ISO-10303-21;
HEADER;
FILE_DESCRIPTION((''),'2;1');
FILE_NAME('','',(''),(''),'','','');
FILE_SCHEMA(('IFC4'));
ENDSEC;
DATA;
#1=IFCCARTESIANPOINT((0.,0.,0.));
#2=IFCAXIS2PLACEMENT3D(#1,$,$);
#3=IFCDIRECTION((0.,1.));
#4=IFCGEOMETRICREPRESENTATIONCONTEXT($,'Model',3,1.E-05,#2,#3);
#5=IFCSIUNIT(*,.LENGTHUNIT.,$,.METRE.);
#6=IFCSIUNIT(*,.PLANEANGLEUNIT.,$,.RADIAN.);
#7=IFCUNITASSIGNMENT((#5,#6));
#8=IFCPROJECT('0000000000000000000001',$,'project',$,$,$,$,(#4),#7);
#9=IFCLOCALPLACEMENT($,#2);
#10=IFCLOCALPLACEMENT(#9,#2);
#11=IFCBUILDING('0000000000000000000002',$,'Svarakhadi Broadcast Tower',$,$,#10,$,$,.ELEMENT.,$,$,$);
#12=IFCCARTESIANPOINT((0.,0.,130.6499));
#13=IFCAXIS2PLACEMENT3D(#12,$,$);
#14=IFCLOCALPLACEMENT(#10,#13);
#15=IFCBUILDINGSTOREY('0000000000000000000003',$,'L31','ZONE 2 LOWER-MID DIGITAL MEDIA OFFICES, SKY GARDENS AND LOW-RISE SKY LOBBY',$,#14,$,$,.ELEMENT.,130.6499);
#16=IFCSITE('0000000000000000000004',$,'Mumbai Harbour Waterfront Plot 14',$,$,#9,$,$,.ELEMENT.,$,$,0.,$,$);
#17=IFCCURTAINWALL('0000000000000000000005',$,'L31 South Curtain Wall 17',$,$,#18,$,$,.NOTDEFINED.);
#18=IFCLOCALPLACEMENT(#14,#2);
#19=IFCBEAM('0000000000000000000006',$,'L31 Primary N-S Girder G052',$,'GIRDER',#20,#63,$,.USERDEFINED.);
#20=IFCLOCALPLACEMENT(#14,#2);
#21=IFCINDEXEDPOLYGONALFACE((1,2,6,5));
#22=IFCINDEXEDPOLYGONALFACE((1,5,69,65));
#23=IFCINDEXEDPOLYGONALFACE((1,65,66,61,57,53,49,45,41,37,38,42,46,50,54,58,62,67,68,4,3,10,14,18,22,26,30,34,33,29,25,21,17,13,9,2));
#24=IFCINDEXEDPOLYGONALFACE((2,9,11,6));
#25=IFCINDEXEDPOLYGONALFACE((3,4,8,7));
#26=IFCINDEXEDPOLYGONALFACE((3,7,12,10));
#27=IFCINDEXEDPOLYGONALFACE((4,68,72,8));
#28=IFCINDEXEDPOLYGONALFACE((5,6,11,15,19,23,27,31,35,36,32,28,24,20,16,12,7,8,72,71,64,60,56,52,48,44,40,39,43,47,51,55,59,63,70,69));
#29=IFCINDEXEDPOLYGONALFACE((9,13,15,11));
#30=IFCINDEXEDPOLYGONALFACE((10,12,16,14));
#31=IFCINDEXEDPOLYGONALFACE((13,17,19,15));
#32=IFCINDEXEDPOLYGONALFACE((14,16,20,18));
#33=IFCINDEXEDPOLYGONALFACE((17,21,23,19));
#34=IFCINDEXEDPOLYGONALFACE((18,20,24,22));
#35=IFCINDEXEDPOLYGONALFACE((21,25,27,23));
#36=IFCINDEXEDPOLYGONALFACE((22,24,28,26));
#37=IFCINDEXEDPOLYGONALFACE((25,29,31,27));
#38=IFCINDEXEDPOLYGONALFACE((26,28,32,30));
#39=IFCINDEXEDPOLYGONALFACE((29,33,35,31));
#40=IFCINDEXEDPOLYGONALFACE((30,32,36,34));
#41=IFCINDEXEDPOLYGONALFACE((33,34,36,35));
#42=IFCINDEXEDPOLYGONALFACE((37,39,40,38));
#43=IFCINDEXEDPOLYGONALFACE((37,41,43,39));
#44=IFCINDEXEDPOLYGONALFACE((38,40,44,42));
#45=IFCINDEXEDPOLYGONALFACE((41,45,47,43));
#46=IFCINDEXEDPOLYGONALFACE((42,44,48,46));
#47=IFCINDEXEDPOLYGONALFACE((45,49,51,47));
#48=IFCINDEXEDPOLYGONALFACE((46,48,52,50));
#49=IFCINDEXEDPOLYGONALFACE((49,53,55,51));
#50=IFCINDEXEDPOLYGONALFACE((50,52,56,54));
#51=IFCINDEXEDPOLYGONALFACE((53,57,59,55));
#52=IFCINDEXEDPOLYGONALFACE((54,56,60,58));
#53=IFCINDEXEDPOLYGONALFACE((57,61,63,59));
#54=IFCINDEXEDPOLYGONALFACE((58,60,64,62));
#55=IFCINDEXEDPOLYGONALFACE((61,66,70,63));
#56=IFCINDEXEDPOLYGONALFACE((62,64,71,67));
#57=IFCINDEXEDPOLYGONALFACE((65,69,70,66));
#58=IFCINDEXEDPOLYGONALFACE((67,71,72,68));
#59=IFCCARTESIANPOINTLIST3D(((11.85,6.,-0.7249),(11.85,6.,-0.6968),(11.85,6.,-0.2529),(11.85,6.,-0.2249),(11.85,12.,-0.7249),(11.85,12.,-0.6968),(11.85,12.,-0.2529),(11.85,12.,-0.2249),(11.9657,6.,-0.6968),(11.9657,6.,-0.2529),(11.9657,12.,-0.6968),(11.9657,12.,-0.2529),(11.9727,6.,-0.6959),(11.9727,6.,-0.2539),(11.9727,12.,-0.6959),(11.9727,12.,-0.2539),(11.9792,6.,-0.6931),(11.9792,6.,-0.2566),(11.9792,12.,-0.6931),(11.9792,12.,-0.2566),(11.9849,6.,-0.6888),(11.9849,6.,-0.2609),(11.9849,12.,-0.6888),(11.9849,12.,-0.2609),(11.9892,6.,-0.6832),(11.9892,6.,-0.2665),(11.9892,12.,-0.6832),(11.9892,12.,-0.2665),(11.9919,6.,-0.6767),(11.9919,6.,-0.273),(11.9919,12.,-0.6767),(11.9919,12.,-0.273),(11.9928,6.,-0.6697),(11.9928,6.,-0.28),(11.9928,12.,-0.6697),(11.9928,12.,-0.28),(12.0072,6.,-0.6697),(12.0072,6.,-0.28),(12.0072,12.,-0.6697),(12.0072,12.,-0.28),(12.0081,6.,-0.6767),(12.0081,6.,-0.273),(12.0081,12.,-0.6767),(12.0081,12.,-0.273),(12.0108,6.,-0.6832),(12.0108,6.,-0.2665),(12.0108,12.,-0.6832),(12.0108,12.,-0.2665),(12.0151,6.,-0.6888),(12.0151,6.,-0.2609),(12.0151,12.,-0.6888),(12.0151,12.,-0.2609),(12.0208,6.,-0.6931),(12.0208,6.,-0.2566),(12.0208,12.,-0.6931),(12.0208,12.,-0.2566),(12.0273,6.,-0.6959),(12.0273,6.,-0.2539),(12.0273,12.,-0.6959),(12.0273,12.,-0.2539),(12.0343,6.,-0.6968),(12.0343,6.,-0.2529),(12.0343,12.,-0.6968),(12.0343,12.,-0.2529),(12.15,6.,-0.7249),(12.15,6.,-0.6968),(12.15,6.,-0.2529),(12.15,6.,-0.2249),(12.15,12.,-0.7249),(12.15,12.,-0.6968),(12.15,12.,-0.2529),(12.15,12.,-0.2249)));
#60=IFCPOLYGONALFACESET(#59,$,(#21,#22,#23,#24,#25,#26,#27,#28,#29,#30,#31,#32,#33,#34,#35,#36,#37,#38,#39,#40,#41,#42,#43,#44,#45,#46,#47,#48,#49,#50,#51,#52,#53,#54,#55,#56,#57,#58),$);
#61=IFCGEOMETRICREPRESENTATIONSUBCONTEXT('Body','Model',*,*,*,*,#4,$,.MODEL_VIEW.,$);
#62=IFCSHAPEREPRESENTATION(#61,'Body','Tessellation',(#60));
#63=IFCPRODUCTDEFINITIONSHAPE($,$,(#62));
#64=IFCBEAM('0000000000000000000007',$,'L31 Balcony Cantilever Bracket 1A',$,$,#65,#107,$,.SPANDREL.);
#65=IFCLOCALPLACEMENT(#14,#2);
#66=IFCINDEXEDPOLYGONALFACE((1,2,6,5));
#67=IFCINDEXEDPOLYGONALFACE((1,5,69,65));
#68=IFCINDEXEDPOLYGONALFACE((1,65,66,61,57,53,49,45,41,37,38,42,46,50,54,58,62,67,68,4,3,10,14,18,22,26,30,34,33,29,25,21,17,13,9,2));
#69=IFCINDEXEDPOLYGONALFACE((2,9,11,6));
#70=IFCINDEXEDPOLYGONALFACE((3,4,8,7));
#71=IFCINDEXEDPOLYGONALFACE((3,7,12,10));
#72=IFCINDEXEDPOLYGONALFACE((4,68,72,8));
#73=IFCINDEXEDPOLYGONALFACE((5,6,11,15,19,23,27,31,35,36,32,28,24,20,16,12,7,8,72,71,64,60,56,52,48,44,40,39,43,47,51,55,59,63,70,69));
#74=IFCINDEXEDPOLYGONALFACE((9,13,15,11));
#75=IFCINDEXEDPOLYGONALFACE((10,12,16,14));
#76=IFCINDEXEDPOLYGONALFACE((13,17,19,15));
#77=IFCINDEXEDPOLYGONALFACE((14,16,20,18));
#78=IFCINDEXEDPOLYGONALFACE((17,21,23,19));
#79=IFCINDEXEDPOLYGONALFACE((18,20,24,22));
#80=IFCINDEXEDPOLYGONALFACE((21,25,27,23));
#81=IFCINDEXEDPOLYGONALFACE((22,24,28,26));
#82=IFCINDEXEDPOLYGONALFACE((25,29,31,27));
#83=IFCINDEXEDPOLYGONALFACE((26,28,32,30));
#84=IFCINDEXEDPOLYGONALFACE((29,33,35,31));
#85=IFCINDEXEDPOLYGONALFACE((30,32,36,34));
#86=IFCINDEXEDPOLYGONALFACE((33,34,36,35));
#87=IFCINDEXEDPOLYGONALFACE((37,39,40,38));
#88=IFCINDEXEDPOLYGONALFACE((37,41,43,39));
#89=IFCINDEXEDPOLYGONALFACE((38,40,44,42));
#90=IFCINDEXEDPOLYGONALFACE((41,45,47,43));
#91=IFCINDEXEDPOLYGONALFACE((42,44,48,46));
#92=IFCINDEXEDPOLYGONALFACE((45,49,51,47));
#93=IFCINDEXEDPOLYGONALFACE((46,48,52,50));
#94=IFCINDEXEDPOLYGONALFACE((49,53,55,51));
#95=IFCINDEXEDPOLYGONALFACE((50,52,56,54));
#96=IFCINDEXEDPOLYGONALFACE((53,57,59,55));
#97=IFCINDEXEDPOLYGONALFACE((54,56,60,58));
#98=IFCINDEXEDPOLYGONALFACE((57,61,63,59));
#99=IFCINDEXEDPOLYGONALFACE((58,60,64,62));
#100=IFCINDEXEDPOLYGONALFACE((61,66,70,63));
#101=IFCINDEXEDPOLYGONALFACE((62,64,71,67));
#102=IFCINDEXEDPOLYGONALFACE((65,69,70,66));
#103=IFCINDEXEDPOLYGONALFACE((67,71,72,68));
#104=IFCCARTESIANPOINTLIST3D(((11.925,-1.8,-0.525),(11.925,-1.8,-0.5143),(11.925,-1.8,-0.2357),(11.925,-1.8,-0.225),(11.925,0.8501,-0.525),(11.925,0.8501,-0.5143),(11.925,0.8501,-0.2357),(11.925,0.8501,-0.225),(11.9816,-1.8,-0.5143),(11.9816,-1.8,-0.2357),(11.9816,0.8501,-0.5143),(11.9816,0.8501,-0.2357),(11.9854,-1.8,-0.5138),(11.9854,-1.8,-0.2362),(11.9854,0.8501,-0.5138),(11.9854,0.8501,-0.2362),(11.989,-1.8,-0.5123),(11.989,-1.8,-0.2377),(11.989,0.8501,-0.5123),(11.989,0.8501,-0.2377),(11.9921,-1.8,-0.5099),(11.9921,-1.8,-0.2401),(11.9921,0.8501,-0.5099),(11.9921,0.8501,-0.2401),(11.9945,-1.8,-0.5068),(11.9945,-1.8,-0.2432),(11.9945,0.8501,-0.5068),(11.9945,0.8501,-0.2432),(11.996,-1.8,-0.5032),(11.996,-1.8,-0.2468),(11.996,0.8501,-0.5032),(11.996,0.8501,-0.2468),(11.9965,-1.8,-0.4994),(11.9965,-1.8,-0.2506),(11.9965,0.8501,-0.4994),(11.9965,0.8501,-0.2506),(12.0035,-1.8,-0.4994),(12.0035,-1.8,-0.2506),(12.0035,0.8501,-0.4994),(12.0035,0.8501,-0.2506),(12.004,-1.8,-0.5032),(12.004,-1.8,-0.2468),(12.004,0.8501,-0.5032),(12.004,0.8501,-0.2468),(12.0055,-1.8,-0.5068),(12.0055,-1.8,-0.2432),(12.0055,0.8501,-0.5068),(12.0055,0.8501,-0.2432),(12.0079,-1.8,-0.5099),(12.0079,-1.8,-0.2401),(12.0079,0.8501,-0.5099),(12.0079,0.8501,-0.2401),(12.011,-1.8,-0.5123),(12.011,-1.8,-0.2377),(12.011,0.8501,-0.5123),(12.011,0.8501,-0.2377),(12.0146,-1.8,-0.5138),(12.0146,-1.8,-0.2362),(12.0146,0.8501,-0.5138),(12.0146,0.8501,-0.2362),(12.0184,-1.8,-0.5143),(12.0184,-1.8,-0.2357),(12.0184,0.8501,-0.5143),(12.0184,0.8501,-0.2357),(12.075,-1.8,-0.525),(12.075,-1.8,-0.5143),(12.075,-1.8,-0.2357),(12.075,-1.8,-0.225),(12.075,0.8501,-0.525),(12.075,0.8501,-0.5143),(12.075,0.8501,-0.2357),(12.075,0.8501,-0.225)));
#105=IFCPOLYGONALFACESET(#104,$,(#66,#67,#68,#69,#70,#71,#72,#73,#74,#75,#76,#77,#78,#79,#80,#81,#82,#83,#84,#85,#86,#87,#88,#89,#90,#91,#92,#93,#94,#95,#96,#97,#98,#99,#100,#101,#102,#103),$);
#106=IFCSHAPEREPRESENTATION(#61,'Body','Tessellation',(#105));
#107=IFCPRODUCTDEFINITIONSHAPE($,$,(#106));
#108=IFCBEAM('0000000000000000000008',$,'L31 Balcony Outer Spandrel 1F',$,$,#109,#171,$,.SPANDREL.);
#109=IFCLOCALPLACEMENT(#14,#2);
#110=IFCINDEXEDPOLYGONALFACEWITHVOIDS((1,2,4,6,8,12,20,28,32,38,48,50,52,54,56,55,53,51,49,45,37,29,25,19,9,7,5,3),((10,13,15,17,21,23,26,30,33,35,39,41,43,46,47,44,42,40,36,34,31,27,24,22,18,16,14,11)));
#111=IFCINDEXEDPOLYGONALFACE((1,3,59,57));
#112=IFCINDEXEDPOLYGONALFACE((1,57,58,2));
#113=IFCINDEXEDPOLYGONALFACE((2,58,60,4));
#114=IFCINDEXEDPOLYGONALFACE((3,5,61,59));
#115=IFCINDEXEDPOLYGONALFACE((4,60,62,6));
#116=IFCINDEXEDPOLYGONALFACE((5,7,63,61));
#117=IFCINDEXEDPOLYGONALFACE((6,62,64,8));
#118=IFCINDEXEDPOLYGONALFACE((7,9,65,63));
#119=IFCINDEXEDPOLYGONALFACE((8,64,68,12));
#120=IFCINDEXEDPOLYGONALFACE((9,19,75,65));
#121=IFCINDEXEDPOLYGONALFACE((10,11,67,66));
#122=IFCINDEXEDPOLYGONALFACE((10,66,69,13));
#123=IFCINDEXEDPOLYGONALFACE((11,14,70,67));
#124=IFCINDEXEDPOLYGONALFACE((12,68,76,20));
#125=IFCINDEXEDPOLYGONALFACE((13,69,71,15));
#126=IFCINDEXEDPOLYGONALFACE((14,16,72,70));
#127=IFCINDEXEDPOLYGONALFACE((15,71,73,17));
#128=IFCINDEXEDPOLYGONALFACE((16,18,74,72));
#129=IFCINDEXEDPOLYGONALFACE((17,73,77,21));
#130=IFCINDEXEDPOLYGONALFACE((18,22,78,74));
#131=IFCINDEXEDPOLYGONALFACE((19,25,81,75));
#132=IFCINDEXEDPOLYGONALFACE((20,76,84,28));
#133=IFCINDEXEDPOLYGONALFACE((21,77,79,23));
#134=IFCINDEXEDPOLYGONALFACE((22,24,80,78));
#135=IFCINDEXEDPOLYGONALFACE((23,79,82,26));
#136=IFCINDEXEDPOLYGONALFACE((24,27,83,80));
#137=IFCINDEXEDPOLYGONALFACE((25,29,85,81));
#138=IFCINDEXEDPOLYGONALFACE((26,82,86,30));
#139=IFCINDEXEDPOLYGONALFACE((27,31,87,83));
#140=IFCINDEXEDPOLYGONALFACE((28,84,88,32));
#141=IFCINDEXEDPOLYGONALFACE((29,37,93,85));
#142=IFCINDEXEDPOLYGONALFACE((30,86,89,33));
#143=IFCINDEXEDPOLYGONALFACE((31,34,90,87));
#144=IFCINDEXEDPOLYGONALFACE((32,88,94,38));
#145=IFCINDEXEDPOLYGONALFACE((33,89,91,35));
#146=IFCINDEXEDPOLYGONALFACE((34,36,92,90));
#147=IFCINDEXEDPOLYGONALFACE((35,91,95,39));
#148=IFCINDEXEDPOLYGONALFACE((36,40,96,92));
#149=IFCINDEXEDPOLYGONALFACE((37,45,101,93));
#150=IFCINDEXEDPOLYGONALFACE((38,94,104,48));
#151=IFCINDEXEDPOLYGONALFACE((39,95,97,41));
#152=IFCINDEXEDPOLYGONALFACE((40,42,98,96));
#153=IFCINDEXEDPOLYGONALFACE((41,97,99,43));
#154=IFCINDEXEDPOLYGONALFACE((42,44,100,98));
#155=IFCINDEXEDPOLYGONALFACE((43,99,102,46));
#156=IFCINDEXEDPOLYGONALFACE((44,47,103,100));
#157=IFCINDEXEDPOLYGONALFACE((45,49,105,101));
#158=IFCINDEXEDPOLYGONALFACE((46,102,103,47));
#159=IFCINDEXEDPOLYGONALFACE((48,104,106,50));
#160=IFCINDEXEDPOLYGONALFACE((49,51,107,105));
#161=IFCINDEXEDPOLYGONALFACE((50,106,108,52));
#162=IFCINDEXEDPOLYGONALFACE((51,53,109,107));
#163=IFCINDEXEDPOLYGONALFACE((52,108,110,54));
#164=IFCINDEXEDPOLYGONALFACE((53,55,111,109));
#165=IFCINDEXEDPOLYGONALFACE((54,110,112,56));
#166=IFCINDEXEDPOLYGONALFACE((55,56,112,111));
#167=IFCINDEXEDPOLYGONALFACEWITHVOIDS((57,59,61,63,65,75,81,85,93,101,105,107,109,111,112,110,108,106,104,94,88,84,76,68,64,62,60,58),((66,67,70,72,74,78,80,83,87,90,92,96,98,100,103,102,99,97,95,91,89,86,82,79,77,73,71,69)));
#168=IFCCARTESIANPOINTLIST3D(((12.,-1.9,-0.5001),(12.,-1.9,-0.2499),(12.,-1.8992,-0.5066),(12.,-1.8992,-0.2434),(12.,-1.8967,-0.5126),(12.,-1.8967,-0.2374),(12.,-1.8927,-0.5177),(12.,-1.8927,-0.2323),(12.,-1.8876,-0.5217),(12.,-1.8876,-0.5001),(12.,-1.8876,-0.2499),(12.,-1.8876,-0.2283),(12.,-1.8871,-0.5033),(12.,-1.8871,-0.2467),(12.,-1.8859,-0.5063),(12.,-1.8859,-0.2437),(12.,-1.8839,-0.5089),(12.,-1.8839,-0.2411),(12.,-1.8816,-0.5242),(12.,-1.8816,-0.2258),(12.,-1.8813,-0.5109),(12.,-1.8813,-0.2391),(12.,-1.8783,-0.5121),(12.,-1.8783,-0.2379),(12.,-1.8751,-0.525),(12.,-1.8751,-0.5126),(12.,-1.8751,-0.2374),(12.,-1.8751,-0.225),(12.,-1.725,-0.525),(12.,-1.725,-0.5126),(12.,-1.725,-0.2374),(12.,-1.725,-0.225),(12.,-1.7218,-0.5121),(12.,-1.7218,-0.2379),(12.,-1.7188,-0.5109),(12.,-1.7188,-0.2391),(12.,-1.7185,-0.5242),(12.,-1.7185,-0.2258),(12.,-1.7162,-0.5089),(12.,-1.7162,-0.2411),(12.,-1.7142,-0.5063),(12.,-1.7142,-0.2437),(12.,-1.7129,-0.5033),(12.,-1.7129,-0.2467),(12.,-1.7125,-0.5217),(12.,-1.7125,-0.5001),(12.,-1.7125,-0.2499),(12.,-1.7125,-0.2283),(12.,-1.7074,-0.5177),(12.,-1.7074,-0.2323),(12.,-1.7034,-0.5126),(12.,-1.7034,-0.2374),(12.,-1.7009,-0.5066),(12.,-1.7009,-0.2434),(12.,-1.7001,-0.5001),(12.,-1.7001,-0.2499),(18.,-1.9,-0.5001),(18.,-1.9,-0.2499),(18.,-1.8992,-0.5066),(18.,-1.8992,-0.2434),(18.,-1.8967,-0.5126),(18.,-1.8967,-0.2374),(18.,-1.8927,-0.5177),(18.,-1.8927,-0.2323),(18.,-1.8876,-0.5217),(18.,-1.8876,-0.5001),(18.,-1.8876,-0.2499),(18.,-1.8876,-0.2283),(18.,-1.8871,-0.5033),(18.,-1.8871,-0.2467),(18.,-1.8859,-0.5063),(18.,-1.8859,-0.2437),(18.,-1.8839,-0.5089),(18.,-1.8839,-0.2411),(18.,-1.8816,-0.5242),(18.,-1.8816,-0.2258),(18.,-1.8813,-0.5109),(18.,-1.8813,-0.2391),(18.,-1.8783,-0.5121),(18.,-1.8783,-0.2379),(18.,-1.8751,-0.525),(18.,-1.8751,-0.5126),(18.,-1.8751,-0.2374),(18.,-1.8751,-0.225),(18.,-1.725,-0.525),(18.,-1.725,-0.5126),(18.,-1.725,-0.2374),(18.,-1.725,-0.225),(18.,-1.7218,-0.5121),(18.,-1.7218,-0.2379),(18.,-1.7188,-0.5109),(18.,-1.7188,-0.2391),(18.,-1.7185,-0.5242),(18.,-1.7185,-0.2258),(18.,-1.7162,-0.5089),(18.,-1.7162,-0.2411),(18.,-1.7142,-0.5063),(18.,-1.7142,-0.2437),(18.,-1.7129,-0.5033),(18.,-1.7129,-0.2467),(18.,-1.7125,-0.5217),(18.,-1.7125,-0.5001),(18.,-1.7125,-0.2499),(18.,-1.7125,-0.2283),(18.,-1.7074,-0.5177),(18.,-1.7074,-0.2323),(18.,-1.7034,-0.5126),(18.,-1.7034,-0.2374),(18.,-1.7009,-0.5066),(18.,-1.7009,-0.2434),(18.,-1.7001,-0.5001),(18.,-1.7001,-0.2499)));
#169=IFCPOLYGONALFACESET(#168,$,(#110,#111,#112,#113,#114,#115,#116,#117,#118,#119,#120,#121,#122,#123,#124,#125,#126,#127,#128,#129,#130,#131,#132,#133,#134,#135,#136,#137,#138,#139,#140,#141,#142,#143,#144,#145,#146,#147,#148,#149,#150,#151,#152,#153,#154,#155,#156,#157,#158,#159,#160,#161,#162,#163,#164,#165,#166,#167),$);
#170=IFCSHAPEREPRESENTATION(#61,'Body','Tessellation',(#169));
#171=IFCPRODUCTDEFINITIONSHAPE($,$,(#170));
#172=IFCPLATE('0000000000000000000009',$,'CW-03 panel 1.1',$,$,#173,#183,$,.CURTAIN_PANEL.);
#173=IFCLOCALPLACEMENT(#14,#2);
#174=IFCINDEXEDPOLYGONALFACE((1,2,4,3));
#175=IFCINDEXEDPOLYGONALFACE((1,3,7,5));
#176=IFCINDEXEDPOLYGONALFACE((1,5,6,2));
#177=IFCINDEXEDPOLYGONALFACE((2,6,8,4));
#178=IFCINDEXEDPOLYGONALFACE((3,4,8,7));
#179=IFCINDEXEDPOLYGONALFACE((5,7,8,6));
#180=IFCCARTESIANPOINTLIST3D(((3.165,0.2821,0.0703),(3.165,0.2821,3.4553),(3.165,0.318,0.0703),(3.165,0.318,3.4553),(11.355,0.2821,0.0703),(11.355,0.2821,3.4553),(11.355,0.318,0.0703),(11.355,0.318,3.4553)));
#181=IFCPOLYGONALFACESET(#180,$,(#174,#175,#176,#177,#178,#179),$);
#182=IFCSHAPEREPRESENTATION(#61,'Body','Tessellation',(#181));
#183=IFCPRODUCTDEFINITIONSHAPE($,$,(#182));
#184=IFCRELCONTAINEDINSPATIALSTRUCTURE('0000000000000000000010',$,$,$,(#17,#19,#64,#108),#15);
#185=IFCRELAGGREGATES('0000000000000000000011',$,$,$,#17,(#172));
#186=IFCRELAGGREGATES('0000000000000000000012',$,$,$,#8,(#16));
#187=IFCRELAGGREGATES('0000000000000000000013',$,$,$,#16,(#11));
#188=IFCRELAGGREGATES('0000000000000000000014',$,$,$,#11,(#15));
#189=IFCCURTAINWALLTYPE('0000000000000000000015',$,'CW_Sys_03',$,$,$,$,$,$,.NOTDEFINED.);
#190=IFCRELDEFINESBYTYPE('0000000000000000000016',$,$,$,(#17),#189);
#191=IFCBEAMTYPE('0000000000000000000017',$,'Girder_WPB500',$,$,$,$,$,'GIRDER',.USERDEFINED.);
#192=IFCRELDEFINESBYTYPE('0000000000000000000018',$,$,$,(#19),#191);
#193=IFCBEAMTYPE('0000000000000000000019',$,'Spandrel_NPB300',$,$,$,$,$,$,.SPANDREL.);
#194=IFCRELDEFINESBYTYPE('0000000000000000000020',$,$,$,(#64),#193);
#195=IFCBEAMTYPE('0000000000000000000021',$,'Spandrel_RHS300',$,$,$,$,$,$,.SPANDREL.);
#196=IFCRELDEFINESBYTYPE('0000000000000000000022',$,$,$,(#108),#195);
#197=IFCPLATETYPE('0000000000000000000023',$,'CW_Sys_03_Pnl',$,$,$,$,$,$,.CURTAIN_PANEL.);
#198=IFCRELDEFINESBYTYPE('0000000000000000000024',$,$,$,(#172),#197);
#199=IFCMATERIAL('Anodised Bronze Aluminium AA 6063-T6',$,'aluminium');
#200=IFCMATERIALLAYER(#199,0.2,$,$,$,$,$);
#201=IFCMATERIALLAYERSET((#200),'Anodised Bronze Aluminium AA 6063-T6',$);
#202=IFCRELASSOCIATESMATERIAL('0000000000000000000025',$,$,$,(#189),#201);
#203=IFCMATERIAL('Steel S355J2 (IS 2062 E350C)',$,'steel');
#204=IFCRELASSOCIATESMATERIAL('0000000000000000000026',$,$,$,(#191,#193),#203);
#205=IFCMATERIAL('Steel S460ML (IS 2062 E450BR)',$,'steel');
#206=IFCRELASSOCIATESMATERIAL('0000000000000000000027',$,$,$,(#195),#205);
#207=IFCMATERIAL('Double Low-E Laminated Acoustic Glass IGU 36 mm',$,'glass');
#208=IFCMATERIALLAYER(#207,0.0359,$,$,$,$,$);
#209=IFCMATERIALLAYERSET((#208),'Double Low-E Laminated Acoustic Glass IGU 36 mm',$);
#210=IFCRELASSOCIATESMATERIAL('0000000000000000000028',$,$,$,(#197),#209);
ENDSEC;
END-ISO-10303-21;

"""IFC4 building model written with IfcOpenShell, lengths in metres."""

from ifc_helpers import new_model, si_unit, direction, frame, origin, origin_2d, place, context, subcontext, project, spatial, rectangle, hollow_rectangle, i_section, extrude, material, layer, layer_set, material_profile, profile_set, type_object, element, aggregate, save


model = new_model("IFC4")

# Units and contexts
model_context = context("Model", 3, precision=1e-05, world=origin(), true_north=direction((0.0, 1.0)))
body_context = subcontext(model_context, "Body", "Model", "MODEL_VIEW")
ifc_project = project(units=[si_unit("LENGTHUNIT", "METRE"), si_unit("PLANEANGLEUNIT", "RADIAN")], contexts=[model_context])

# Site, building, storey
site_placement = place(None, origin())
site = spatial("IfcSite", under=ifc_project, at=site_placement, Name="Mumbai Harbour Waterfront Plot 14", CompositionType="ELEMENT", RefElevation=0.0)
building_placement = place(site_placement, origin())
building = spatial("IfcBuilding", under=site, at=building_placement, Name="Svarakhadi Broadcast Tower", CompositionType="ELEMENT")
storey_placement = place(building_placement, frame((0.0, 0.0, 130.6499)))
storey = spatial("IfcBuildingStorey", under=building, at=storey_placement, Name="L31", Description="ZONE 2 LOWER-MID DIGITAL MEDIA OFFICES, SKY GARDENS AND LOW-RISE SKY LOBBY", CompositionType="ELEMENT", Elevation=130.6499)

# Shared definitions
ifc_material_1 = material(Name="Steel S460ML (IS 2062 E450BR)", Category="steel")

# Shared definitions
ifc_material_2 = material(Name="Steel S355J2 (IS 2062 E350C)", Category="steel")

# Curtain wall
ifc_material_3 = material(Name="Anodised Bronze Aluminium AA 6063-T6", Category="aluminium")
ifc_layer_1 = layer(ifc_material_3, 0.2)
ifc_layer_set_1 = layer_set([ifc_layer_1], Name="Anodised Bronze Aluminium AA 6063-T6")
curtain_wall_type = type_object("IfcCurtainWallType", Name="CW_Sys_03", PredefinedType="NOTDEFINED", material=ifc_layer_set_1)
curtain_wall_placement = place(storey_placement, origin())
curtain_wall = element("IfcCurtainWall", 1, at=curtain_wall_placement, inside=storey, type_object=curtain_wall_type, Name="L31 South Curtain Wall 17", PredefinedType="NOTDEFINED")

# Beams
ifc_material_profile_1 = material_profile(ifc_material_2, i_section(OverallWidth=0.3, OverallDepth=0.5, WebThickness=0.0144, FlangeThickness=0.0281, FilletRadius=0.0271, at=origin_2d()), Name="WPB 500x300x187")
ifc_profile_set_1 = profile_set([ifc_material_profile_1], Name="Steel S355J2 (IS 2062 E350C)")
beam_type_1 = type_object("IfcBeamType", Name="Girder_WPB500", ElementType="GIRDER", PredefinedType="USERDEFINED", material=ifc_profile_set_1)
beam_1_placement = place(storey_placement, frame((12.0, 6.0, -0.4749), z_axis=(0.0, 1.0, 0.0), x_axis=(-1.0, 0.0, 0.0)))
element("IfcBeam", 2, at=beam_1_placement, inside=storey, type_object=beam_type_1, Name="L31 Primary N-S Girder G052", ObjectType="GIRDER", PredefinedType="USERDEFINED", context=body_context, shape_type="SweptSolid", body=[
    extrude(i_section(OverallWidth=0.3, OverallDepth=0.5, WebThickness=0.0144, FlangeThickness=0.0281, FilletRadius=0.0271, at=origin_2d()), origin(), (0.0, 0.0, 1.0), 6.0),
])
ifc_material_profile_2 = material_profile(ifc_material_2, i_section(OverallWidth=0.1499, OverallDepth=0.3, WebThickness=0.0071, FlangeThickness=0.0107, FilletRadius=0.0149, at=origin_2d()), Name="NPB 300x150x37")
ifc_profile_set_2 = profile_set([ifc_material_profile_2], Name="Steel S355J2 (IS 2062 E350C)")
beam_type_2 = type_object("IfcBeamType", Name="Spandrel_NPB300", PredefinedType="SPANDREL", material=ifc_profile_set_2)
beam_2_placement = place(storey_placement, frame((12.0, 0.8501, -0.375), z_axis=(0.0, -1.0, 0.0), x_axis=(1.0, 0.0, 0.0)))
element("IfcBeam", 3, at=beam_2_placement, inside=storey, type_object=beam_type_2, Name="L31 Balcony Cantilever Bracket 1A", PredefinedType="SPANDREL", context=body_context, shape_type="SweptSolid", body=[
    extrude(i_section(OverallWidth=0.1499, OverallDepth=0.3, WebThickness=0.0071, FlangeThickness=0.0107, FilletRadius=0.0149, at=origin_2d()), origin(), (0.0, 0.0, 1.0), 2.6501),
])
ifc_material_profile_3 = material_profile(ifc_material_1, hollow_rectangle(XDim=0.2, YDim=0.3, WallThickness=0.0125, InnerFilletRadius=0.0125, OuterFilletRadius=0.0249, at=origin_2d()), Name="RHS 300x200x12.5")
ifc_profile_set_3 = profile_set([ifc_material_profile_3], Name="Steel S460ML (IS 2062 E450BR)")
beam_type_3 = type_object("IfcBeamType", Name="Spandrel_RHS300", PredefinedType="SPANDREL", material=ifc_profile_set_3)
beam_3_placement = place(storey_placement, frame((12.0, -1.8, -0.375), z_axis=(1.0, 0.0, 0.0), x_axis=(0.0, 1.0, 0.0)))
element("IfcBeam", 4, at=beam_3_placement, inside=storey, type_object=beam_type_3, Name="L31 Balcony Outer Spandrel 1F", PredefinedType="SPANDREL", context=body_context, shape_type="SweptSolid", body=[
    extrude(hollow_rectangle(XDim=0.2, YDim=0.3, WallThickness=0.0125, InnerFilletRadius=0.0125, OuterFilletRadius=0.0249, at=origin_2d()), origin(), (0.0, 0.0, 1.0), 6.0),
])

# Plate
ifc_material_4 = material(Name="Double Low-E Laminated Acoustic Glass IGU 36 mm", Category="glass")
ifc_layer_2 = layer(ifc_material_4, 0.0359)
ifc_layer_set_2 = layer_set([ifc_layer_2], Name="Double Low-E Laminated Acoustic Glass IGU 36 mm")
plate_type_1 = type_object("IfcPlateType", Name="CW_Sys_03_Pnl", PredefinedType="CURTAIN_PANEL", material=ifc_layer_set_2)
plate_1_placement = place(storey_placement, frame((7.26, 0.3, 0.0703), z_axis=(0.0, 0.0, 1.0), x_axis=(-1.0, 0.0, 0.0)))
plate_1 = element("IfcPlate", 5, at=plate_1_placement, type_object=plate_type_1, Name="CW-03 panel 1.1", PredefinedType="CURTAIN_PANEL", context=body_context, shape_type="SweptSolid", body=[
    extrude(rectangle(XDim=8.1899, YDim=0.0359, at=origin_2d()), origin(), (0.0, 0.0, 1.0), 3.385),
])
aggregate(curtain_wall, [plate_1])

save(model, "model.ifc")
